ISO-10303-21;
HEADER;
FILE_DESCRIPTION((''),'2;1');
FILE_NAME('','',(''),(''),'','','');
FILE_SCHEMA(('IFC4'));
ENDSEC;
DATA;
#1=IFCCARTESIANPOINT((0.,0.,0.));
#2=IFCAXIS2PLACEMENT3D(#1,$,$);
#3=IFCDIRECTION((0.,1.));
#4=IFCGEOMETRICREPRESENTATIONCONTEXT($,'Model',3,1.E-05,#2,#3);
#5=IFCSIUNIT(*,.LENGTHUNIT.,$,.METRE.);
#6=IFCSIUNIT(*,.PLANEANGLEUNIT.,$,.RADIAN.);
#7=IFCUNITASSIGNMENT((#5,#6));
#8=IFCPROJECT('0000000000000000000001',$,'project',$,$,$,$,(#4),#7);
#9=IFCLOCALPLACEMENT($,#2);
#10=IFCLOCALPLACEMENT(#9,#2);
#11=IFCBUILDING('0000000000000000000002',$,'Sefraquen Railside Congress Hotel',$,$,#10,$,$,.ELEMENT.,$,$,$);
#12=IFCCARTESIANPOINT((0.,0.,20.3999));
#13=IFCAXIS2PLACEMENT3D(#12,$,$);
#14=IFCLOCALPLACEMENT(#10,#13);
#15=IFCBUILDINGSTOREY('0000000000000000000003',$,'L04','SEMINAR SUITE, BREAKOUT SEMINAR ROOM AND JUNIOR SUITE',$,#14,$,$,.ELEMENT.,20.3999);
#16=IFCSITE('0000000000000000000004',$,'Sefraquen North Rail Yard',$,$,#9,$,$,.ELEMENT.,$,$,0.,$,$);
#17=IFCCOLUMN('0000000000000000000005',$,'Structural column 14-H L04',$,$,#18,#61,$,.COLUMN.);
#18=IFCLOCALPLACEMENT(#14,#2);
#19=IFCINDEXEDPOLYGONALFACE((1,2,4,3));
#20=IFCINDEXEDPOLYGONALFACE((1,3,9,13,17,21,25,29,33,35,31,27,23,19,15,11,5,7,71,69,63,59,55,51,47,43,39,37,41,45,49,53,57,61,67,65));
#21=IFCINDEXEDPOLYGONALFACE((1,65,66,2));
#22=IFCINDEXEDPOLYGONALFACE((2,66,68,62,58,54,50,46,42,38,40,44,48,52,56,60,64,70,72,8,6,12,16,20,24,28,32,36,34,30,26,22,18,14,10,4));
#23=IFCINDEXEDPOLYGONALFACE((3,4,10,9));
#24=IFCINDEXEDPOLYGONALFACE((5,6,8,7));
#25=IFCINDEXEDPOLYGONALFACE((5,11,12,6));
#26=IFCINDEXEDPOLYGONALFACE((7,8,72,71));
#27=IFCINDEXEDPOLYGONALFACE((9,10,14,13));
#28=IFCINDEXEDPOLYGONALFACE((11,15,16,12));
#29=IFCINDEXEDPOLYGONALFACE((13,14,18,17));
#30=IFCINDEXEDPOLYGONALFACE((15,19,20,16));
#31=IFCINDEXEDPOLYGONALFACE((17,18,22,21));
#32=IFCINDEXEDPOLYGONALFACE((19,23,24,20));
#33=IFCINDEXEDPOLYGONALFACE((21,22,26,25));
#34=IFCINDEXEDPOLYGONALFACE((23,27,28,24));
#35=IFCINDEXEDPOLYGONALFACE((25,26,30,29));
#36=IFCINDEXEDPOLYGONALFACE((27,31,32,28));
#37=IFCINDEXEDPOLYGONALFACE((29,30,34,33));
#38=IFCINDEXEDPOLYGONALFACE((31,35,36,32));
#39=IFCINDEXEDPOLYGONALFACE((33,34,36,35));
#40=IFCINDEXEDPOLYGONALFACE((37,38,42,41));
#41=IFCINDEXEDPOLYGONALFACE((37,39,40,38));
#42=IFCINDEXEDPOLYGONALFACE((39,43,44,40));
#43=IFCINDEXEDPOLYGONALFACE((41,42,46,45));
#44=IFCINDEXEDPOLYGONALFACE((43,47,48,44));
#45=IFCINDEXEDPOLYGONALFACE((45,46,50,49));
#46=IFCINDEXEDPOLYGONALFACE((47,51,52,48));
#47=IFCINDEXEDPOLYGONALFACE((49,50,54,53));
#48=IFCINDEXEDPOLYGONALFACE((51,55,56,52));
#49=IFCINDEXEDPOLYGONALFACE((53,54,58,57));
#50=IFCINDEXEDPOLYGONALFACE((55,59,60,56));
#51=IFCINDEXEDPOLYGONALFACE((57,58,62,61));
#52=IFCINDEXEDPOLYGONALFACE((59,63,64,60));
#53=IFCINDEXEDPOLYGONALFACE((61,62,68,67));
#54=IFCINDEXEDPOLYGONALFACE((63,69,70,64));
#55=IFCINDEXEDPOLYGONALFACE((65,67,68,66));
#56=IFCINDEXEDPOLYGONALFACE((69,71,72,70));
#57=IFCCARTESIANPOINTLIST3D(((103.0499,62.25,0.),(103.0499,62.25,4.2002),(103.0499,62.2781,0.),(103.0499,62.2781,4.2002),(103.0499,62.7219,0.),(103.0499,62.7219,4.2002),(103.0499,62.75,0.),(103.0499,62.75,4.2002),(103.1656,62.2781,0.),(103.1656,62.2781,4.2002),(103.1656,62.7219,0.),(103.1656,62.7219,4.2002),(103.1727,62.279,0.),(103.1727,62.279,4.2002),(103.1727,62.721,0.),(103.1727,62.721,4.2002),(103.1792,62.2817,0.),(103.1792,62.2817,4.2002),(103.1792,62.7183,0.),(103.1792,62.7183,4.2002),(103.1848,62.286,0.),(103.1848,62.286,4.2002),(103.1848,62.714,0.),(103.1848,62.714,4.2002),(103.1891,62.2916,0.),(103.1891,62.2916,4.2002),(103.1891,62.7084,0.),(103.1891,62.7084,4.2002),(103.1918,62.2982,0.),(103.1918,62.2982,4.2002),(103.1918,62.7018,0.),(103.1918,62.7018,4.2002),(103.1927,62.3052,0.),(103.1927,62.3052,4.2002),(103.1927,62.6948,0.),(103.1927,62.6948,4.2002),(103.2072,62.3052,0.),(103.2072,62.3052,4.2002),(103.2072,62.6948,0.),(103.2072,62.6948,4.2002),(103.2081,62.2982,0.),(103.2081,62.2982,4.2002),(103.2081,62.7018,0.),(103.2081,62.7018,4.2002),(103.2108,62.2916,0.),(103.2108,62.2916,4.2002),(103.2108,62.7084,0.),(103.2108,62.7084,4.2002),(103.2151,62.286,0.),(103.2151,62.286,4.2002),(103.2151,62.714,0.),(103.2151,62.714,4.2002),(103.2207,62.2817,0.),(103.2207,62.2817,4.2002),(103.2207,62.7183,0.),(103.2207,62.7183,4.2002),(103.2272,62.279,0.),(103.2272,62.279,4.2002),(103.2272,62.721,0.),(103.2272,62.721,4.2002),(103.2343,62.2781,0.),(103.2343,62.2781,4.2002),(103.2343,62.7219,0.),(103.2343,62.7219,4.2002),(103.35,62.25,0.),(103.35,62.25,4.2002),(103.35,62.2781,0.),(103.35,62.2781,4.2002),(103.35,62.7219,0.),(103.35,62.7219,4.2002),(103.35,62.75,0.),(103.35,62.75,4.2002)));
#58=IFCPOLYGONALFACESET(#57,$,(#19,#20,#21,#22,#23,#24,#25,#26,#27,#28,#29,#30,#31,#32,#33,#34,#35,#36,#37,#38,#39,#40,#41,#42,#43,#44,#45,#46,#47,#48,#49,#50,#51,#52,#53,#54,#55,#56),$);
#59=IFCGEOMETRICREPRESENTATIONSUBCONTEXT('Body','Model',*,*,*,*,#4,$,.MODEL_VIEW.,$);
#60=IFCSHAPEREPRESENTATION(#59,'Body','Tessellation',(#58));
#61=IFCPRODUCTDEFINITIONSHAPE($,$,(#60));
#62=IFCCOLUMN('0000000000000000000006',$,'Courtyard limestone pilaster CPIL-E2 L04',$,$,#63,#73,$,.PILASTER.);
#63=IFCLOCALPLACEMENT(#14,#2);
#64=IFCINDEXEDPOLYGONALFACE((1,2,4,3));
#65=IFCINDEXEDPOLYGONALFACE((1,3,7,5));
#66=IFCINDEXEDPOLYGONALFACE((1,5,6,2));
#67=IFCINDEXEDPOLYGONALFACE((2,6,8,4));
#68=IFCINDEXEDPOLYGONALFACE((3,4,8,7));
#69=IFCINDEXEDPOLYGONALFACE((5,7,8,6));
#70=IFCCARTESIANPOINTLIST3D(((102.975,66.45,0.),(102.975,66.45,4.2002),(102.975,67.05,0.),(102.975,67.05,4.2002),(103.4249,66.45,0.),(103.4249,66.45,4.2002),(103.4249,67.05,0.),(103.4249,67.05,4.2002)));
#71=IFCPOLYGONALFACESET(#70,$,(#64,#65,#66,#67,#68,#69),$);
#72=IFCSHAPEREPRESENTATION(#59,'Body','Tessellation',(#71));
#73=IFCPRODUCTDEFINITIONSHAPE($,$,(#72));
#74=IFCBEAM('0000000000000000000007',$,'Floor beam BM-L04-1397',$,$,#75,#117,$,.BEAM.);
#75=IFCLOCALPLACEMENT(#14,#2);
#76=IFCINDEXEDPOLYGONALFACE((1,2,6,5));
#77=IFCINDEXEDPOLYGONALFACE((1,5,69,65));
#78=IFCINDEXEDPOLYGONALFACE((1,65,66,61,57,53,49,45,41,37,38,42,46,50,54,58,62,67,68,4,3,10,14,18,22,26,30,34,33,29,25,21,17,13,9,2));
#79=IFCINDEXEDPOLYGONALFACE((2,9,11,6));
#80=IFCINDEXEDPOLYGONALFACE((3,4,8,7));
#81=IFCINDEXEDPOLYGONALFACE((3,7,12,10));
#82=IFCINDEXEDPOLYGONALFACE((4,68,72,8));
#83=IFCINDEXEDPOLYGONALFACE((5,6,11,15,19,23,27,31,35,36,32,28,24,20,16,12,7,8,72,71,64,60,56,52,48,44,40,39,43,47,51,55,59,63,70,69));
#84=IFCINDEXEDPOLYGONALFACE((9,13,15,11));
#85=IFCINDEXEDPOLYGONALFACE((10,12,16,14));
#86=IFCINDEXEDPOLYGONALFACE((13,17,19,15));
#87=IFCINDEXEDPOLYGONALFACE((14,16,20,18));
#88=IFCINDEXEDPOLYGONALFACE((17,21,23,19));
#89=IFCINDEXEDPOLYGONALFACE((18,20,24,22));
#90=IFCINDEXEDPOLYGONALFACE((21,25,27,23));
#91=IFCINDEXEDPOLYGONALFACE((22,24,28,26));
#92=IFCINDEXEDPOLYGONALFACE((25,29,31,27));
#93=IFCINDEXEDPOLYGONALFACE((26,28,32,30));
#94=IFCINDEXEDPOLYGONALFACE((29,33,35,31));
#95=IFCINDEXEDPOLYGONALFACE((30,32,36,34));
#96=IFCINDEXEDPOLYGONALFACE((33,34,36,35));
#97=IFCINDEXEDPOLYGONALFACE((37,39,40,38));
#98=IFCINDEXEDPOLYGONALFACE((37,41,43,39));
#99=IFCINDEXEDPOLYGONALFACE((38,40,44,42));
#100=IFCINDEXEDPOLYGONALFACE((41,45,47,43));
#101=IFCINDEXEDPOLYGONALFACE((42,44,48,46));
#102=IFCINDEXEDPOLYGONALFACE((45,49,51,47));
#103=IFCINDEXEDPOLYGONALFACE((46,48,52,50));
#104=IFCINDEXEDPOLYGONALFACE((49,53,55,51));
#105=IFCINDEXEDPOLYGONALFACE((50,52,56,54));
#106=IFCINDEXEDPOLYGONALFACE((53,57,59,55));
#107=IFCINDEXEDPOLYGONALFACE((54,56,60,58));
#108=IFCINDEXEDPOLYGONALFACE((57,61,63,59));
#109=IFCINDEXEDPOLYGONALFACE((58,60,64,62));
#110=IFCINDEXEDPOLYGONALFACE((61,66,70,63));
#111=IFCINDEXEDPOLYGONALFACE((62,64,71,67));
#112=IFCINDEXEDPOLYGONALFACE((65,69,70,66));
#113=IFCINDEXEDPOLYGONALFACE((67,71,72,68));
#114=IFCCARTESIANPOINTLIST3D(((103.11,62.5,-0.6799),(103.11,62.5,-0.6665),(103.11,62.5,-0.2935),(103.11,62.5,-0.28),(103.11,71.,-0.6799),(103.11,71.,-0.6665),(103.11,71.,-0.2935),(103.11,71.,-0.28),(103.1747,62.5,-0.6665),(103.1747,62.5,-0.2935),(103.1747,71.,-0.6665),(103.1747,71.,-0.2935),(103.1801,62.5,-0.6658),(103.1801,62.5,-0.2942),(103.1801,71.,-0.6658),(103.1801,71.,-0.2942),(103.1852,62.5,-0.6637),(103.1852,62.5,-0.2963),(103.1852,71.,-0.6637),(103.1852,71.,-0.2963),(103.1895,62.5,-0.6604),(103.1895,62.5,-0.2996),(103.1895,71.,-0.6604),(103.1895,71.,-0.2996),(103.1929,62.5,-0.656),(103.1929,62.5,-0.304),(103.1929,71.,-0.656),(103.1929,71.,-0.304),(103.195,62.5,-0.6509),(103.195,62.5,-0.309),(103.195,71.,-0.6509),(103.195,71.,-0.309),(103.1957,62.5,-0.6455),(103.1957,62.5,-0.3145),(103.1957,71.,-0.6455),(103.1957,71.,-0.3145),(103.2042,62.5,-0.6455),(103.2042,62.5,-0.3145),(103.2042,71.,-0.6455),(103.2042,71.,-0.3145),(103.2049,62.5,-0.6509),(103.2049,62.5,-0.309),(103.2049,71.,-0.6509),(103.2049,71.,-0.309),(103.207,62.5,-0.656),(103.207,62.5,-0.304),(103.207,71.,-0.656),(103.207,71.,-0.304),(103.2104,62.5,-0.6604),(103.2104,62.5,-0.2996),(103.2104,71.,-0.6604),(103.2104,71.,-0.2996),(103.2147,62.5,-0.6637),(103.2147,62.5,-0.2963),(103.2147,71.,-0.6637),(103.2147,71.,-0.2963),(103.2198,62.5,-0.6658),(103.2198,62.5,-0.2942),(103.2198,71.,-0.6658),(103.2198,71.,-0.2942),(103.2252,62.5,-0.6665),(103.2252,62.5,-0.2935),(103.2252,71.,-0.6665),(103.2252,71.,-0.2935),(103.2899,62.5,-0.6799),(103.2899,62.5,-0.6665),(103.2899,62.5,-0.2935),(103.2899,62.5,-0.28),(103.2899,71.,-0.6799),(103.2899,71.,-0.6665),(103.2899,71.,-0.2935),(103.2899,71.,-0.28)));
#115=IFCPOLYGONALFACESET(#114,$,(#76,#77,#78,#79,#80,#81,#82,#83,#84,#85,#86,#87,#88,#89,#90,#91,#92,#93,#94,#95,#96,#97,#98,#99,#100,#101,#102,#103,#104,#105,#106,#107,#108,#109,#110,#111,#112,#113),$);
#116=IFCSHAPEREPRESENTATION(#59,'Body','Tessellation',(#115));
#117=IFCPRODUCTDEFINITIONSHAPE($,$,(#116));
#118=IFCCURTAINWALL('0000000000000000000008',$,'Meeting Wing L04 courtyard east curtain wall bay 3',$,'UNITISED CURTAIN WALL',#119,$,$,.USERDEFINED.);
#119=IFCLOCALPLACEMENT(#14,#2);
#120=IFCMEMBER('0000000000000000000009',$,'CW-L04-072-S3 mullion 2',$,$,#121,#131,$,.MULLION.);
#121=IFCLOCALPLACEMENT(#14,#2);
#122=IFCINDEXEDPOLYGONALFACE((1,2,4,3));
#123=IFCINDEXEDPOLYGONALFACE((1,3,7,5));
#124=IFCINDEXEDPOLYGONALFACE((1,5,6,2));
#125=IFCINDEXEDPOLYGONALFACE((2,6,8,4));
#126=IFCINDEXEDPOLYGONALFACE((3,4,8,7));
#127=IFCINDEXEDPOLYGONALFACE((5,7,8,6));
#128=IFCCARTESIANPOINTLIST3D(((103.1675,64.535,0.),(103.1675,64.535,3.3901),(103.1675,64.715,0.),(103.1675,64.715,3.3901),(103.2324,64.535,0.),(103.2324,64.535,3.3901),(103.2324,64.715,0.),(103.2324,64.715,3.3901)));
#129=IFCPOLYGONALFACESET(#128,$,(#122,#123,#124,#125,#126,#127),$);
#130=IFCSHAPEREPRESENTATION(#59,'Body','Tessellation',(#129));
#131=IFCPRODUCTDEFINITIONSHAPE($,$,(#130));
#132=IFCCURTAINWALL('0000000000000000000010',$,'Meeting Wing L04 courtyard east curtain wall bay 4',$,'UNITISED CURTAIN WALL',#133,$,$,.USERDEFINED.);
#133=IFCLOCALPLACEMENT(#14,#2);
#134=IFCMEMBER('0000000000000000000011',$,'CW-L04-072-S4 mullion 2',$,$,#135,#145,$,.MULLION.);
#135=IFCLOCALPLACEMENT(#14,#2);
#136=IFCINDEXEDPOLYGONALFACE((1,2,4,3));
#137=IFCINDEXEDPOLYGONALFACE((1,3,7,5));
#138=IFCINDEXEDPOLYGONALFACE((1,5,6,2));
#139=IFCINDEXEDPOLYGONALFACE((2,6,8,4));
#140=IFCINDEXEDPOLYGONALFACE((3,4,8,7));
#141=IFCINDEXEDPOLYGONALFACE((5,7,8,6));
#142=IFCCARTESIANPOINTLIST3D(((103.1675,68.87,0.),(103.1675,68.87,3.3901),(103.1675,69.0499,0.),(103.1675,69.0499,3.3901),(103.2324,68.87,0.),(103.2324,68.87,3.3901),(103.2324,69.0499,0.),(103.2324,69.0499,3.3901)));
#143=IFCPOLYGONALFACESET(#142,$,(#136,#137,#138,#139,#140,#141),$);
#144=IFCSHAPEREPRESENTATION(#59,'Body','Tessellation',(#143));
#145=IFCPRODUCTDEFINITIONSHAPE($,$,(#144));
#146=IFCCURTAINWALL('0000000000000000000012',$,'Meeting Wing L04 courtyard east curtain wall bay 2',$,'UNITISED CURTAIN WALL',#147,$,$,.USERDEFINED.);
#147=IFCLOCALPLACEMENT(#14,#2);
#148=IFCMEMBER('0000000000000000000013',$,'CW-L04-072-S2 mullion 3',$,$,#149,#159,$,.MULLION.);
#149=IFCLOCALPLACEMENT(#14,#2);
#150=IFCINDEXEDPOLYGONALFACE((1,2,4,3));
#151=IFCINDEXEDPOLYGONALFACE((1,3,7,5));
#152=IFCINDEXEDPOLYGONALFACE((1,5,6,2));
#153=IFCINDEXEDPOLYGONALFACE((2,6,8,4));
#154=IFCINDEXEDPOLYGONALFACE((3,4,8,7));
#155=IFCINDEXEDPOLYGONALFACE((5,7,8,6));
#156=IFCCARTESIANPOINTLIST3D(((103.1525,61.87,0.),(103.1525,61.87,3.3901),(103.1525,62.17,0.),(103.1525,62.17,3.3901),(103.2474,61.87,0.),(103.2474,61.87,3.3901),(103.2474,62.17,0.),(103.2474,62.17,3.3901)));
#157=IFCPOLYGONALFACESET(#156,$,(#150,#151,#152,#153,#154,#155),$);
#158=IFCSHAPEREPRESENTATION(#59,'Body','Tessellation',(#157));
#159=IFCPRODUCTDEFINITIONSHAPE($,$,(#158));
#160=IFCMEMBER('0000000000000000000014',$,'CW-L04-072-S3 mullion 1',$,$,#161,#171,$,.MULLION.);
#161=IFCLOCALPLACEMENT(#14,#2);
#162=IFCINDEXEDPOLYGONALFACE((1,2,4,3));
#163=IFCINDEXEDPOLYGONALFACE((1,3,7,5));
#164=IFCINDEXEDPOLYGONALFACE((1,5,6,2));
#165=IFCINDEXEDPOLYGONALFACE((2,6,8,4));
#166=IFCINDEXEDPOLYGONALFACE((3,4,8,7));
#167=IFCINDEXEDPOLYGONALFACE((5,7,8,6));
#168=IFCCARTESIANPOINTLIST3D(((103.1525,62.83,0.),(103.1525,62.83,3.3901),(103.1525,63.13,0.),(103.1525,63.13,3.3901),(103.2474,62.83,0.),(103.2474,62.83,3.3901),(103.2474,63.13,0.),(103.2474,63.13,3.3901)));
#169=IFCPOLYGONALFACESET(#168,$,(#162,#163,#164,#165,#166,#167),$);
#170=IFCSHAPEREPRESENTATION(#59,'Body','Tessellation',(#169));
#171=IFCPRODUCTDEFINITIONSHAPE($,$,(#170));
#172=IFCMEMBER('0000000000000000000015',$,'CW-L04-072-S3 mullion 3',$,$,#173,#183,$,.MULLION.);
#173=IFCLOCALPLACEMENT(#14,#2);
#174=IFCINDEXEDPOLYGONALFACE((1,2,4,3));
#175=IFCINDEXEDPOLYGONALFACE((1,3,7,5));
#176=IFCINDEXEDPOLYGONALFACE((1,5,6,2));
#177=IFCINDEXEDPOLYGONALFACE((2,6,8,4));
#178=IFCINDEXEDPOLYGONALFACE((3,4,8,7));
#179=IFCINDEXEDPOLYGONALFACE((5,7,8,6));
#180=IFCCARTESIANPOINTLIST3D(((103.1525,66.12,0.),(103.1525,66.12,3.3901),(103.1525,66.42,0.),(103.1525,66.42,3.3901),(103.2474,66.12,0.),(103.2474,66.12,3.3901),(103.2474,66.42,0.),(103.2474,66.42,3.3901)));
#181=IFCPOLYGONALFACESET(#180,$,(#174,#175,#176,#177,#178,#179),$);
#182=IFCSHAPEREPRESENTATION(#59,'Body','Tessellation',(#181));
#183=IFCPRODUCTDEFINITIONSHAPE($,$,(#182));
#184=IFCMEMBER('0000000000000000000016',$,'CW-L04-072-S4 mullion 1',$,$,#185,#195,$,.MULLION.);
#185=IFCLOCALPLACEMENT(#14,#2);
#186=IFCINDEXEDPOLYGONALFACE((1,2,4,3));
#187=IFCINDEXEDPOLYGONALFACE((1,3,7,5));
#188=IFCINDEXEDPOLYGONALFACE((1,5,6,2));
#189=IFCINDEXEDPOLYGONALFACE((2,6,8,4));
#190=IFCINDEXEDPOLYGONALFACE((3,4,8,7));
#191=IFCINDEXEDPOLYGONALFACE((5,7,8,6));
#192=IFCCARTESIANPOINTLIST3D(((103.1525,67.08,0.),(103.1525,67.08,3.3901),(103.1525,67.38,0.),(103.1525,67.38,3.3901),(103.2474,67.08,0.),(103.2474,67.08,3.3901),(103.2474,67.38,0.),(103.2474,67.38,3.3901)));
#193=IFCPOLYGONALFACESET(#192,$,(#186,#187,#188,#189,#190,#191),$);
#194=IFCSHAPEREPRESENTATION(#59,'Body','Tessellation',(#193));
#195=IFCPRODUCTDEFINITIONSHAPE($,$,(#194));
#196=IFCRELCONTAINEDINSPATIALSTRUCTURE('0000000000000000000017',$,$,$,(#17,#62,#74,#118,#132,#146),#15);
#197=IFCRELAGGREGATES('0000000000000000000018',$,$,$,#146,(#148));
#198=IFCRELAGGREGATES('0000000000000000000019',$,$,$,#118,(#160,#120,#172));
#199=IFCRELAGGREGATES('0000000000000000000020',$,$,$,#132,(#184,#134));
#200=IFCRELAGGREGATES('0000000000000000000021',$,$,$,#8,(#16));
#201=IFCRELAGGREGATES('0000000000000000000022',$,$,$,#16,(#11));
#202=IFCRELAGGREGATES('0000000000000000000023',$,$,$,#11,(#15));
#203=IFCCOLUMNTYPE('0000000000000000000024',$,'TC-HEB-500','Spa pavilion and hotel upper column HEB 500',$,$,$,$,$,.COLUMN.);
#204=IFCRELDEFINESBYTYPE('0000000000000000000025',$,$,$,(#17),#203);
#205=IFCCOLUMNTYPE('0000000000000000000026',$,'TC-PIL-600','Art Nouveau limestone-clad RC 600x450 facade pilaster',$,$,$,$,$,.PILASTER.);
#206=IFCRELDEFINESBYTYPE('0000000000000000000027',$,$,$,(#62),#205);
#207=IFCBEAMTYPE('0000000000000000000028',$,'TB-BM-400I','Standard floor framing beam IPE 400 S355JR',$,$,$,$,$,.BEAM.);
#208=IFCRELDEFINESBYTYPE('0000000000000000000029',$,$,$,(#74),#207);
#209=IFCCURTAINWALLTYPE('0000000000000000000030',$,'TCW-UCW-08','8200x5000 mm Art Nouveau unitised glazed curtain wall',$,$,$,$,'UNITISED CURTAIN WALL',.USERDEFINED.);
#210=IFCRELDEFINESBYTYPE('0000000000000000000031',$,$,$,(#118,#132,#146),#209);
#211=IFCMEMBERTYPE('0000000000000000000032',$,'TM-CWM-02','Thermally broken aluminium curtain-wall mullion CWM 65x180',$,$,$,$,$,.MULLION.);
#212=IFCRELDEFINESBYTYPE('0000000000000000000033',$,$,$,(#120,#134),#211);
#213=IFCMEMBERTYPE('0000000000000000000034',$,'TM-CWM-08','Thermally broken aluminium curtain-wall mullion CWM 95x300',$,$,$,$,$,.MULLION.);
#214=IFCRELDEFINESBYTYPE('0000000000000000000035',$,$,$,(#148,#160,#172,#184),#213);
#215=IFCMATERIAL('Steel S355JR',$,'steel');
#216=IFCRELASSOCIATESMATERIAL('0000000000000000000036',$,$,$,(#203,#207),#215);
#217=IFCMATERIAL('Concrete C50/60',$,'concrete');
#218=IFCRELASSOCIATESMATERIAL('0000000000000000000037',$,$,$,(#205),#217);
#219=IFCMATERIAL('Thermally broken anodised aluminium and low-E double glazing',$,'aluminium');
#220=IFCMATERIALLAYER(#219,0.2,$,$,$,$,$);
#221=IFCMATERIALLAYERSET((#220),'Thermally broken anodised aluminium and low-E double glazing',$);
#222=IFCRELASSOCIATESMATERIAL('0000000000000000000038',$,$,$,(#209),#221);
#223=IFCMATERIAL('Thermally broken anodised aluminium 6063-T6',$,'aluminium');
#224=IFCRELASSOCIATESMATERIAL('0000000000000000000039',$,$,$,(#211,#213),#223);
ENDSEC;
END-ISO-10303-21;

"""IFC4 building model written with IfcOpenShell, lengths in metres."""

from ifc_helpers import new_model, si_unit, direction, frame, origin, origin_2d, place, context, subcontext, project, spatial, rectangle, i_section, extrude, material, layer, layer_set, material_profile, profile_set, type_object, element, aggregate, save


model = new_model("IFC4")

# Units and contexts
model_context = context("Model", 3, precision=1e-05, world=origin(), true_north=direction((0.0, 1.0)))
body_context = subcontext(model_context, "Body", "Model", "MODEL_VIEW")
ifc_project = project(units=[si_unit("LENGTHUNIT", "METRE"), si_unit("PLANEANGLEUNIT", "RADIAN")], contexts=[model_context])

# Site, building, storey
site_placement = place(None, origin())
site = spatial("IfcSite", under=ifc_project, at=site_placement, Name="Sefraquen North Rail Yard", CompositionType="ELEMENT", RefElevation=0.0)
building_placement = place(site_placement, origin())
building = spatial("IfcBuilding", under=site, at=building_placement, Name="Sefraquen Railside Congress Hotel", CompositionType="ELEMENT")
storey_placement = place(building_placement, frame((0.0, 0.0, 20.3999)))
storey = spatial("IfcBuildingStorey", under=building, at=storey_placement, Name="L04", Description="SEMINAR SUITE, BREAKOUT SEMINAR ROOM AND JUNIOR SUITE", CompositionType="ELEMENT", Elevation=20.3999)

# Columns
ifc_material_1 = material(Name="Steel S355JR", Category="steel")
ifc_material_profile_1 = material_profile(ifc_material_1, i_section(OverallWidth=0.3, OverallDepth=0.5, WebThickness=0.0144, FlangeThickness=0.0281, FilletRadius=0.0271, at=origin_2d()), Name="HEB 500")
ifc_profile_set_1 = profile_set([ifc_material_profile_1], Name="Steel S355JR")
column_type_1 = type_object("IfcColumnType", Name="TC-HEB-500", Description="Spa pavilion and hotel upper column HEB 500", PredefinedType="COLUMN", material=ifc_profile_set_1)
column_1_placement = place(storey_placement, frame((103.2, 62.5, 0.0), z_axis=(0.0, 0.0, 1.0), x_axis=(1.0, 0.0, 0.0)))
element("IfcColumn", 1, at=column_1_placement, inside=storey, type_object=column_type_1, Name="Structural column 14-H L04", PredefinedType="COLUMN", context=body_context, shape_type="SweptSolid", body=[
    extrude(i_section(OverallWidth=0.3, OverallDepth=0.5, WebThickness=0.0144, FlangeThickness=0.0281, FilletRadius=0.0271, at=origin_2d()), origin(), (0.0, 0.0, 1.0), 4.2002),
])
ifc_material_2 = material(Name="Concrete C50/60", Category="concrete")
ifc_material_profile_2 = material_profile(ifc_material_2, rectangle(XDim=0.45, YDim=0.6001, at=origin_2d()), Name="RC 600x450")
ifc_profile_set_2 = profile_set([ifc_material_profile_2], Name="Concrete C50/60")
column_type_2 = type_object("IfcColumnType", Name="TC-PIL-600", Description="Art Nouveau limestone-clad RC 600x450 facade pilaster", PredefinedType="PILASTER", material=ifc_profile_set_2)
column_2_placement = place(storey_placement, frame((103.2, 66.75, 0.0), z_axis=(0.0, 0.0, 1.0), x_axis=(1.0, 0.0, 0.0)))
element("IfcColumn", 2, at=column_2_placement, inside=storey, type_object=column_type_2, Name="Courtyard limestone pilaster CPIL-E2 L04", PredefinedType="PILASTER", context=body_context, shape_type="SweptSolid", body=[
    extrude(rectangle(XDim=0.45, YDim=0.6001, at=origin_2d()), origin(), (0.0, 0.0, 1.0), 4.2002),
])

# Beam
ifc_material_profile_3 = material_profile(ifc_material_1, i_section(OverallWidth=0.1799, OverallDepth=0.3999, WebThickness=0.0085, FlangeThickness=0.0134, FilletRadius=0.021, at=origin_2d()), Name="IPE 400")
ifc_profile_set_3 = profile_set([ifc_material_profile_3], Name="Steel S355JR")
beam_type = type_object("IfcBeamType", Name="TB-BM-400I", Description="Standard floor framing beam IPE 400 S355JR", PredefinedType="BEAM", material=ifc_profile_set_3)
beam_placement = place(storey_placement, frame((103.2, 62.5, -0.48), z_axis=(0.0, 1.0, 0.0), x_axis=(-1.0, 0.0, 0.0)))
element("IfcBeam", 3, at=beam_placement, inside=storey, type_object=beam_type, Name="Floor beam BM-L04-1397", PredefinedType="BEAM", context=body_context, shape_type="SweptSolid", body=[
    extrude(i_section(OverallWidth=0.1799, OverallDepth=0.3999, WebThickness=0.0085, FlangeThickness=0.0134, FilletRadius=0.021, at=origin_2d()), origin(), (0.0, 0.0, 1.0), 8.5),
])

# Curtain walls, members
ifc_material_3 = material(Name="Thermally broken anodised aluminium and low-E double glazing", Category="aluminium")
ifc_layer_1 = layer(ifc_material_3, 0.2)
ifc_layer_set_1 = layer_set([ifc_layer_1], Name="Thermally broken anodised aluminium and low-E double glazing")
curtain_wall_type = type_object("IfcCurtainWallType", Name="TCW-UCW-08", Description="8200x5000 mm Art Nouveau unitised glazed curtain wall", ElementType="UNITISED CURTAIN WALL", PredefinedType="USERDEFINED", material=ifc_layer_set_1)
curtain_wall_1_placement = place(storey_placement, origin())
curtain_wall_1 = element("IfcCurtainWall", 4, at=curtain_wall_1_placement, inside=storey, type_object=curtain_wall_type, Name="Meeting Wing L04 courtyard east curtain wall bay 3", ObjectType="UNITISED CURTAIN WALL", PredefinedType="USERDEFINED")
ifc_material_4 = material(Name="Thermally broken anodised aluminium 6063-T6", Category="aluminium")
ifc_material_profile_4 = material_profile(ifc_material_4, rectangle(XDim=0.0649, YDim=0.1799, at=origin_2d()), Name="CWM 65x180")
ifc_profile_set_4 = profile_set([ifc_material_profile_4], Name="Thermally broken anodised aluminium 6063-T6")
member_type_1 = type_object("IfcMemberType", Name="TM-CWM-02", Description="Thermally broken aluminium curtain-wall mullion CWM 65x180", PredefinedType="MULLION", material=ifc_profile_set_4)
member_1_placement = place(storey_placement, frame((103.2, 64.625, 0.0), z_axis=(0.0, 0.0, 1.0), x_axis=(1.0, 0.0, 0.0)))
member_1 = element("IfcMember", 5, at=member_1_placement, type_object=member_type_1, Name="CW-L04-072-S3 mullion 2", PredefinedType="MULLION", context=body_context, shape_type="SweptSolid", body=[
    extrude(rectangle(XDim=0.0649, YDim=0.1799, at=origin_2d()), origin(), (0.0, 0.0, 1.0), 3.3901),
])
curtain_wall_2_placement = place(storey_placement, origin())
curtain_wall_2 = element("IfcCurtainWall", 6, at=curtain_wall_2_placement, inside=storey, type_object=curtain_wall_type, Name="Meeting Wing L04 courtyard east curtain wall bay 4", ObjectType="UNITISED CURTAIN WALL", PredefinedType="USERDEFINED")
member_2_placement = place(storey_placement, frame((103.2, 68.96, 0.0), z_axis=(0.0, 0.0, 1.0), x_axis=(1.0, 0.0, 0.0)))
member_2 = element("IfcMember", 7, at=member_2_placement, type_object=member_type_1, Name="CW-L04-072-S4 mullion 2", PredefinedType="MULLION", context=body_context, shape_type="SweptSolid", body=[
    extrude(rectangle(XDim=0.0649, YDim=0.1799, at=origin_2d()), origin(), (0.0, 0.0, 1.0), 3.3901),
])
curtain_wall_3_placement = place(storey_placement, origin())
curtain_wall_3 = element("IfcCurtainWall", 8, at=curtain_wall_3_placement, inside=storey, type_object=curtain_wall_type, Name="Meeting Wing L04 courtyard east curtain wall bay 2", ObjectType="UNITISED CURTAIN WALL", PredefinedType="USERDEFINED")
ifc_material_profile_5 = material_profile(ifc_material_4, rectangle(XDim=0.095, YDim=0.3, at=origin_2d()), Name="CWM 95x300")
ifc_profile_set_5 = profile_set([ifc_material_profile_5], Name="Thermally broken anodised aluminium 6063-T6")
member_type_2 = type_object("IfcMemberType", Name="TM-CWM-08", Description="Thermally broken aluminium curtain-wall mullion CWM 95x300", PredefinedType="MULLION", material=ifc_profile_set_5)
member_3_placement = place(storey_placement, frame((103.2, 62.02, 0.0), z_axis=(0.0, 0.0, 1.0), x_axis=(1.0, 0.0, 0.0)))
member_3 = element("IfcMember", 9, at=member_3_placement, type_object=member_type_2, Name="CW-L04-072-S2 mullion 3", PredefinedType="MULLION", context=body_context, shape_type="SweptSolid", body=[
    extrude(rectangle(XDim=0.095, YDim=0.3, at=origin_2d()), origin(), (0.0, 0.0, 1.0), 3.3901),
])

# Members
member_4_placement = place(storey_placement, frame((103.2, 62.98, 0.0), z_axis=(0.0, 0.0, 1.0), x_axis=(1.0, 0.0, 0.0)))
member_4 = element("IfcMember", 10, at=member_4_placement, type_object=member_type_2, Name="CW-L04-072-S3 mullion 1", PredefinedType="MULLION", context=body_context, shape_type="SweptSolid", body=[
    extrude(rectangle(XDim=0.095, YDim=0.3, at=origin_2d()), origin(), (0.0, 0.0, 1.0), 3.3901),
])
member_5_placement = place(storey_placement, frame((103.2, 66.27, 0.0), z_axis=(0.0, 0.0, 1.0), x_axis=(1.0, 0.0, 0.0)))
member_5 = element("IfcMember", 11, at=member_5_placement, type_object=member_type_2, Name="CW-L04-072-S3 mullion 3", PredefinedType="MULLION", context=body_context, shape_type="SweptSolid", body=[
    extrude(rectangle(XDim=0.095, YDim=0.3, at=origin_2d()), origin(), (0.0, 0.0, 1.0), 3.3901),
])
member_6_placement = place(storey_placement, frame((103.2, 67.23, 0.0), z_axis=(0.0, 0.0, 1.0), x_axis=(1.0, 0.0, 0.0)))
member_6 = element("IfcMember", 12, at=member_6_placement, type_object=member_type_2, Name="CW-L04-072-S4 mullion 1", PredefinedType="MULLION", context=body_context, shape_type="SweptSolid", body=[
    extrude(rectangle(XDim=0.095, YDim=0.3, at=origin_2d()), origin(), (0.0, 0.0, 1.0), 3.3901),
])

aggregate(curtain_wall_3, [member_3])
aggregate(curtain_wall_1, [member_4, member_1, member_5])
aggregate(curtain_wall_2, [member_6, member_2])

save(model, "model.ifc")
